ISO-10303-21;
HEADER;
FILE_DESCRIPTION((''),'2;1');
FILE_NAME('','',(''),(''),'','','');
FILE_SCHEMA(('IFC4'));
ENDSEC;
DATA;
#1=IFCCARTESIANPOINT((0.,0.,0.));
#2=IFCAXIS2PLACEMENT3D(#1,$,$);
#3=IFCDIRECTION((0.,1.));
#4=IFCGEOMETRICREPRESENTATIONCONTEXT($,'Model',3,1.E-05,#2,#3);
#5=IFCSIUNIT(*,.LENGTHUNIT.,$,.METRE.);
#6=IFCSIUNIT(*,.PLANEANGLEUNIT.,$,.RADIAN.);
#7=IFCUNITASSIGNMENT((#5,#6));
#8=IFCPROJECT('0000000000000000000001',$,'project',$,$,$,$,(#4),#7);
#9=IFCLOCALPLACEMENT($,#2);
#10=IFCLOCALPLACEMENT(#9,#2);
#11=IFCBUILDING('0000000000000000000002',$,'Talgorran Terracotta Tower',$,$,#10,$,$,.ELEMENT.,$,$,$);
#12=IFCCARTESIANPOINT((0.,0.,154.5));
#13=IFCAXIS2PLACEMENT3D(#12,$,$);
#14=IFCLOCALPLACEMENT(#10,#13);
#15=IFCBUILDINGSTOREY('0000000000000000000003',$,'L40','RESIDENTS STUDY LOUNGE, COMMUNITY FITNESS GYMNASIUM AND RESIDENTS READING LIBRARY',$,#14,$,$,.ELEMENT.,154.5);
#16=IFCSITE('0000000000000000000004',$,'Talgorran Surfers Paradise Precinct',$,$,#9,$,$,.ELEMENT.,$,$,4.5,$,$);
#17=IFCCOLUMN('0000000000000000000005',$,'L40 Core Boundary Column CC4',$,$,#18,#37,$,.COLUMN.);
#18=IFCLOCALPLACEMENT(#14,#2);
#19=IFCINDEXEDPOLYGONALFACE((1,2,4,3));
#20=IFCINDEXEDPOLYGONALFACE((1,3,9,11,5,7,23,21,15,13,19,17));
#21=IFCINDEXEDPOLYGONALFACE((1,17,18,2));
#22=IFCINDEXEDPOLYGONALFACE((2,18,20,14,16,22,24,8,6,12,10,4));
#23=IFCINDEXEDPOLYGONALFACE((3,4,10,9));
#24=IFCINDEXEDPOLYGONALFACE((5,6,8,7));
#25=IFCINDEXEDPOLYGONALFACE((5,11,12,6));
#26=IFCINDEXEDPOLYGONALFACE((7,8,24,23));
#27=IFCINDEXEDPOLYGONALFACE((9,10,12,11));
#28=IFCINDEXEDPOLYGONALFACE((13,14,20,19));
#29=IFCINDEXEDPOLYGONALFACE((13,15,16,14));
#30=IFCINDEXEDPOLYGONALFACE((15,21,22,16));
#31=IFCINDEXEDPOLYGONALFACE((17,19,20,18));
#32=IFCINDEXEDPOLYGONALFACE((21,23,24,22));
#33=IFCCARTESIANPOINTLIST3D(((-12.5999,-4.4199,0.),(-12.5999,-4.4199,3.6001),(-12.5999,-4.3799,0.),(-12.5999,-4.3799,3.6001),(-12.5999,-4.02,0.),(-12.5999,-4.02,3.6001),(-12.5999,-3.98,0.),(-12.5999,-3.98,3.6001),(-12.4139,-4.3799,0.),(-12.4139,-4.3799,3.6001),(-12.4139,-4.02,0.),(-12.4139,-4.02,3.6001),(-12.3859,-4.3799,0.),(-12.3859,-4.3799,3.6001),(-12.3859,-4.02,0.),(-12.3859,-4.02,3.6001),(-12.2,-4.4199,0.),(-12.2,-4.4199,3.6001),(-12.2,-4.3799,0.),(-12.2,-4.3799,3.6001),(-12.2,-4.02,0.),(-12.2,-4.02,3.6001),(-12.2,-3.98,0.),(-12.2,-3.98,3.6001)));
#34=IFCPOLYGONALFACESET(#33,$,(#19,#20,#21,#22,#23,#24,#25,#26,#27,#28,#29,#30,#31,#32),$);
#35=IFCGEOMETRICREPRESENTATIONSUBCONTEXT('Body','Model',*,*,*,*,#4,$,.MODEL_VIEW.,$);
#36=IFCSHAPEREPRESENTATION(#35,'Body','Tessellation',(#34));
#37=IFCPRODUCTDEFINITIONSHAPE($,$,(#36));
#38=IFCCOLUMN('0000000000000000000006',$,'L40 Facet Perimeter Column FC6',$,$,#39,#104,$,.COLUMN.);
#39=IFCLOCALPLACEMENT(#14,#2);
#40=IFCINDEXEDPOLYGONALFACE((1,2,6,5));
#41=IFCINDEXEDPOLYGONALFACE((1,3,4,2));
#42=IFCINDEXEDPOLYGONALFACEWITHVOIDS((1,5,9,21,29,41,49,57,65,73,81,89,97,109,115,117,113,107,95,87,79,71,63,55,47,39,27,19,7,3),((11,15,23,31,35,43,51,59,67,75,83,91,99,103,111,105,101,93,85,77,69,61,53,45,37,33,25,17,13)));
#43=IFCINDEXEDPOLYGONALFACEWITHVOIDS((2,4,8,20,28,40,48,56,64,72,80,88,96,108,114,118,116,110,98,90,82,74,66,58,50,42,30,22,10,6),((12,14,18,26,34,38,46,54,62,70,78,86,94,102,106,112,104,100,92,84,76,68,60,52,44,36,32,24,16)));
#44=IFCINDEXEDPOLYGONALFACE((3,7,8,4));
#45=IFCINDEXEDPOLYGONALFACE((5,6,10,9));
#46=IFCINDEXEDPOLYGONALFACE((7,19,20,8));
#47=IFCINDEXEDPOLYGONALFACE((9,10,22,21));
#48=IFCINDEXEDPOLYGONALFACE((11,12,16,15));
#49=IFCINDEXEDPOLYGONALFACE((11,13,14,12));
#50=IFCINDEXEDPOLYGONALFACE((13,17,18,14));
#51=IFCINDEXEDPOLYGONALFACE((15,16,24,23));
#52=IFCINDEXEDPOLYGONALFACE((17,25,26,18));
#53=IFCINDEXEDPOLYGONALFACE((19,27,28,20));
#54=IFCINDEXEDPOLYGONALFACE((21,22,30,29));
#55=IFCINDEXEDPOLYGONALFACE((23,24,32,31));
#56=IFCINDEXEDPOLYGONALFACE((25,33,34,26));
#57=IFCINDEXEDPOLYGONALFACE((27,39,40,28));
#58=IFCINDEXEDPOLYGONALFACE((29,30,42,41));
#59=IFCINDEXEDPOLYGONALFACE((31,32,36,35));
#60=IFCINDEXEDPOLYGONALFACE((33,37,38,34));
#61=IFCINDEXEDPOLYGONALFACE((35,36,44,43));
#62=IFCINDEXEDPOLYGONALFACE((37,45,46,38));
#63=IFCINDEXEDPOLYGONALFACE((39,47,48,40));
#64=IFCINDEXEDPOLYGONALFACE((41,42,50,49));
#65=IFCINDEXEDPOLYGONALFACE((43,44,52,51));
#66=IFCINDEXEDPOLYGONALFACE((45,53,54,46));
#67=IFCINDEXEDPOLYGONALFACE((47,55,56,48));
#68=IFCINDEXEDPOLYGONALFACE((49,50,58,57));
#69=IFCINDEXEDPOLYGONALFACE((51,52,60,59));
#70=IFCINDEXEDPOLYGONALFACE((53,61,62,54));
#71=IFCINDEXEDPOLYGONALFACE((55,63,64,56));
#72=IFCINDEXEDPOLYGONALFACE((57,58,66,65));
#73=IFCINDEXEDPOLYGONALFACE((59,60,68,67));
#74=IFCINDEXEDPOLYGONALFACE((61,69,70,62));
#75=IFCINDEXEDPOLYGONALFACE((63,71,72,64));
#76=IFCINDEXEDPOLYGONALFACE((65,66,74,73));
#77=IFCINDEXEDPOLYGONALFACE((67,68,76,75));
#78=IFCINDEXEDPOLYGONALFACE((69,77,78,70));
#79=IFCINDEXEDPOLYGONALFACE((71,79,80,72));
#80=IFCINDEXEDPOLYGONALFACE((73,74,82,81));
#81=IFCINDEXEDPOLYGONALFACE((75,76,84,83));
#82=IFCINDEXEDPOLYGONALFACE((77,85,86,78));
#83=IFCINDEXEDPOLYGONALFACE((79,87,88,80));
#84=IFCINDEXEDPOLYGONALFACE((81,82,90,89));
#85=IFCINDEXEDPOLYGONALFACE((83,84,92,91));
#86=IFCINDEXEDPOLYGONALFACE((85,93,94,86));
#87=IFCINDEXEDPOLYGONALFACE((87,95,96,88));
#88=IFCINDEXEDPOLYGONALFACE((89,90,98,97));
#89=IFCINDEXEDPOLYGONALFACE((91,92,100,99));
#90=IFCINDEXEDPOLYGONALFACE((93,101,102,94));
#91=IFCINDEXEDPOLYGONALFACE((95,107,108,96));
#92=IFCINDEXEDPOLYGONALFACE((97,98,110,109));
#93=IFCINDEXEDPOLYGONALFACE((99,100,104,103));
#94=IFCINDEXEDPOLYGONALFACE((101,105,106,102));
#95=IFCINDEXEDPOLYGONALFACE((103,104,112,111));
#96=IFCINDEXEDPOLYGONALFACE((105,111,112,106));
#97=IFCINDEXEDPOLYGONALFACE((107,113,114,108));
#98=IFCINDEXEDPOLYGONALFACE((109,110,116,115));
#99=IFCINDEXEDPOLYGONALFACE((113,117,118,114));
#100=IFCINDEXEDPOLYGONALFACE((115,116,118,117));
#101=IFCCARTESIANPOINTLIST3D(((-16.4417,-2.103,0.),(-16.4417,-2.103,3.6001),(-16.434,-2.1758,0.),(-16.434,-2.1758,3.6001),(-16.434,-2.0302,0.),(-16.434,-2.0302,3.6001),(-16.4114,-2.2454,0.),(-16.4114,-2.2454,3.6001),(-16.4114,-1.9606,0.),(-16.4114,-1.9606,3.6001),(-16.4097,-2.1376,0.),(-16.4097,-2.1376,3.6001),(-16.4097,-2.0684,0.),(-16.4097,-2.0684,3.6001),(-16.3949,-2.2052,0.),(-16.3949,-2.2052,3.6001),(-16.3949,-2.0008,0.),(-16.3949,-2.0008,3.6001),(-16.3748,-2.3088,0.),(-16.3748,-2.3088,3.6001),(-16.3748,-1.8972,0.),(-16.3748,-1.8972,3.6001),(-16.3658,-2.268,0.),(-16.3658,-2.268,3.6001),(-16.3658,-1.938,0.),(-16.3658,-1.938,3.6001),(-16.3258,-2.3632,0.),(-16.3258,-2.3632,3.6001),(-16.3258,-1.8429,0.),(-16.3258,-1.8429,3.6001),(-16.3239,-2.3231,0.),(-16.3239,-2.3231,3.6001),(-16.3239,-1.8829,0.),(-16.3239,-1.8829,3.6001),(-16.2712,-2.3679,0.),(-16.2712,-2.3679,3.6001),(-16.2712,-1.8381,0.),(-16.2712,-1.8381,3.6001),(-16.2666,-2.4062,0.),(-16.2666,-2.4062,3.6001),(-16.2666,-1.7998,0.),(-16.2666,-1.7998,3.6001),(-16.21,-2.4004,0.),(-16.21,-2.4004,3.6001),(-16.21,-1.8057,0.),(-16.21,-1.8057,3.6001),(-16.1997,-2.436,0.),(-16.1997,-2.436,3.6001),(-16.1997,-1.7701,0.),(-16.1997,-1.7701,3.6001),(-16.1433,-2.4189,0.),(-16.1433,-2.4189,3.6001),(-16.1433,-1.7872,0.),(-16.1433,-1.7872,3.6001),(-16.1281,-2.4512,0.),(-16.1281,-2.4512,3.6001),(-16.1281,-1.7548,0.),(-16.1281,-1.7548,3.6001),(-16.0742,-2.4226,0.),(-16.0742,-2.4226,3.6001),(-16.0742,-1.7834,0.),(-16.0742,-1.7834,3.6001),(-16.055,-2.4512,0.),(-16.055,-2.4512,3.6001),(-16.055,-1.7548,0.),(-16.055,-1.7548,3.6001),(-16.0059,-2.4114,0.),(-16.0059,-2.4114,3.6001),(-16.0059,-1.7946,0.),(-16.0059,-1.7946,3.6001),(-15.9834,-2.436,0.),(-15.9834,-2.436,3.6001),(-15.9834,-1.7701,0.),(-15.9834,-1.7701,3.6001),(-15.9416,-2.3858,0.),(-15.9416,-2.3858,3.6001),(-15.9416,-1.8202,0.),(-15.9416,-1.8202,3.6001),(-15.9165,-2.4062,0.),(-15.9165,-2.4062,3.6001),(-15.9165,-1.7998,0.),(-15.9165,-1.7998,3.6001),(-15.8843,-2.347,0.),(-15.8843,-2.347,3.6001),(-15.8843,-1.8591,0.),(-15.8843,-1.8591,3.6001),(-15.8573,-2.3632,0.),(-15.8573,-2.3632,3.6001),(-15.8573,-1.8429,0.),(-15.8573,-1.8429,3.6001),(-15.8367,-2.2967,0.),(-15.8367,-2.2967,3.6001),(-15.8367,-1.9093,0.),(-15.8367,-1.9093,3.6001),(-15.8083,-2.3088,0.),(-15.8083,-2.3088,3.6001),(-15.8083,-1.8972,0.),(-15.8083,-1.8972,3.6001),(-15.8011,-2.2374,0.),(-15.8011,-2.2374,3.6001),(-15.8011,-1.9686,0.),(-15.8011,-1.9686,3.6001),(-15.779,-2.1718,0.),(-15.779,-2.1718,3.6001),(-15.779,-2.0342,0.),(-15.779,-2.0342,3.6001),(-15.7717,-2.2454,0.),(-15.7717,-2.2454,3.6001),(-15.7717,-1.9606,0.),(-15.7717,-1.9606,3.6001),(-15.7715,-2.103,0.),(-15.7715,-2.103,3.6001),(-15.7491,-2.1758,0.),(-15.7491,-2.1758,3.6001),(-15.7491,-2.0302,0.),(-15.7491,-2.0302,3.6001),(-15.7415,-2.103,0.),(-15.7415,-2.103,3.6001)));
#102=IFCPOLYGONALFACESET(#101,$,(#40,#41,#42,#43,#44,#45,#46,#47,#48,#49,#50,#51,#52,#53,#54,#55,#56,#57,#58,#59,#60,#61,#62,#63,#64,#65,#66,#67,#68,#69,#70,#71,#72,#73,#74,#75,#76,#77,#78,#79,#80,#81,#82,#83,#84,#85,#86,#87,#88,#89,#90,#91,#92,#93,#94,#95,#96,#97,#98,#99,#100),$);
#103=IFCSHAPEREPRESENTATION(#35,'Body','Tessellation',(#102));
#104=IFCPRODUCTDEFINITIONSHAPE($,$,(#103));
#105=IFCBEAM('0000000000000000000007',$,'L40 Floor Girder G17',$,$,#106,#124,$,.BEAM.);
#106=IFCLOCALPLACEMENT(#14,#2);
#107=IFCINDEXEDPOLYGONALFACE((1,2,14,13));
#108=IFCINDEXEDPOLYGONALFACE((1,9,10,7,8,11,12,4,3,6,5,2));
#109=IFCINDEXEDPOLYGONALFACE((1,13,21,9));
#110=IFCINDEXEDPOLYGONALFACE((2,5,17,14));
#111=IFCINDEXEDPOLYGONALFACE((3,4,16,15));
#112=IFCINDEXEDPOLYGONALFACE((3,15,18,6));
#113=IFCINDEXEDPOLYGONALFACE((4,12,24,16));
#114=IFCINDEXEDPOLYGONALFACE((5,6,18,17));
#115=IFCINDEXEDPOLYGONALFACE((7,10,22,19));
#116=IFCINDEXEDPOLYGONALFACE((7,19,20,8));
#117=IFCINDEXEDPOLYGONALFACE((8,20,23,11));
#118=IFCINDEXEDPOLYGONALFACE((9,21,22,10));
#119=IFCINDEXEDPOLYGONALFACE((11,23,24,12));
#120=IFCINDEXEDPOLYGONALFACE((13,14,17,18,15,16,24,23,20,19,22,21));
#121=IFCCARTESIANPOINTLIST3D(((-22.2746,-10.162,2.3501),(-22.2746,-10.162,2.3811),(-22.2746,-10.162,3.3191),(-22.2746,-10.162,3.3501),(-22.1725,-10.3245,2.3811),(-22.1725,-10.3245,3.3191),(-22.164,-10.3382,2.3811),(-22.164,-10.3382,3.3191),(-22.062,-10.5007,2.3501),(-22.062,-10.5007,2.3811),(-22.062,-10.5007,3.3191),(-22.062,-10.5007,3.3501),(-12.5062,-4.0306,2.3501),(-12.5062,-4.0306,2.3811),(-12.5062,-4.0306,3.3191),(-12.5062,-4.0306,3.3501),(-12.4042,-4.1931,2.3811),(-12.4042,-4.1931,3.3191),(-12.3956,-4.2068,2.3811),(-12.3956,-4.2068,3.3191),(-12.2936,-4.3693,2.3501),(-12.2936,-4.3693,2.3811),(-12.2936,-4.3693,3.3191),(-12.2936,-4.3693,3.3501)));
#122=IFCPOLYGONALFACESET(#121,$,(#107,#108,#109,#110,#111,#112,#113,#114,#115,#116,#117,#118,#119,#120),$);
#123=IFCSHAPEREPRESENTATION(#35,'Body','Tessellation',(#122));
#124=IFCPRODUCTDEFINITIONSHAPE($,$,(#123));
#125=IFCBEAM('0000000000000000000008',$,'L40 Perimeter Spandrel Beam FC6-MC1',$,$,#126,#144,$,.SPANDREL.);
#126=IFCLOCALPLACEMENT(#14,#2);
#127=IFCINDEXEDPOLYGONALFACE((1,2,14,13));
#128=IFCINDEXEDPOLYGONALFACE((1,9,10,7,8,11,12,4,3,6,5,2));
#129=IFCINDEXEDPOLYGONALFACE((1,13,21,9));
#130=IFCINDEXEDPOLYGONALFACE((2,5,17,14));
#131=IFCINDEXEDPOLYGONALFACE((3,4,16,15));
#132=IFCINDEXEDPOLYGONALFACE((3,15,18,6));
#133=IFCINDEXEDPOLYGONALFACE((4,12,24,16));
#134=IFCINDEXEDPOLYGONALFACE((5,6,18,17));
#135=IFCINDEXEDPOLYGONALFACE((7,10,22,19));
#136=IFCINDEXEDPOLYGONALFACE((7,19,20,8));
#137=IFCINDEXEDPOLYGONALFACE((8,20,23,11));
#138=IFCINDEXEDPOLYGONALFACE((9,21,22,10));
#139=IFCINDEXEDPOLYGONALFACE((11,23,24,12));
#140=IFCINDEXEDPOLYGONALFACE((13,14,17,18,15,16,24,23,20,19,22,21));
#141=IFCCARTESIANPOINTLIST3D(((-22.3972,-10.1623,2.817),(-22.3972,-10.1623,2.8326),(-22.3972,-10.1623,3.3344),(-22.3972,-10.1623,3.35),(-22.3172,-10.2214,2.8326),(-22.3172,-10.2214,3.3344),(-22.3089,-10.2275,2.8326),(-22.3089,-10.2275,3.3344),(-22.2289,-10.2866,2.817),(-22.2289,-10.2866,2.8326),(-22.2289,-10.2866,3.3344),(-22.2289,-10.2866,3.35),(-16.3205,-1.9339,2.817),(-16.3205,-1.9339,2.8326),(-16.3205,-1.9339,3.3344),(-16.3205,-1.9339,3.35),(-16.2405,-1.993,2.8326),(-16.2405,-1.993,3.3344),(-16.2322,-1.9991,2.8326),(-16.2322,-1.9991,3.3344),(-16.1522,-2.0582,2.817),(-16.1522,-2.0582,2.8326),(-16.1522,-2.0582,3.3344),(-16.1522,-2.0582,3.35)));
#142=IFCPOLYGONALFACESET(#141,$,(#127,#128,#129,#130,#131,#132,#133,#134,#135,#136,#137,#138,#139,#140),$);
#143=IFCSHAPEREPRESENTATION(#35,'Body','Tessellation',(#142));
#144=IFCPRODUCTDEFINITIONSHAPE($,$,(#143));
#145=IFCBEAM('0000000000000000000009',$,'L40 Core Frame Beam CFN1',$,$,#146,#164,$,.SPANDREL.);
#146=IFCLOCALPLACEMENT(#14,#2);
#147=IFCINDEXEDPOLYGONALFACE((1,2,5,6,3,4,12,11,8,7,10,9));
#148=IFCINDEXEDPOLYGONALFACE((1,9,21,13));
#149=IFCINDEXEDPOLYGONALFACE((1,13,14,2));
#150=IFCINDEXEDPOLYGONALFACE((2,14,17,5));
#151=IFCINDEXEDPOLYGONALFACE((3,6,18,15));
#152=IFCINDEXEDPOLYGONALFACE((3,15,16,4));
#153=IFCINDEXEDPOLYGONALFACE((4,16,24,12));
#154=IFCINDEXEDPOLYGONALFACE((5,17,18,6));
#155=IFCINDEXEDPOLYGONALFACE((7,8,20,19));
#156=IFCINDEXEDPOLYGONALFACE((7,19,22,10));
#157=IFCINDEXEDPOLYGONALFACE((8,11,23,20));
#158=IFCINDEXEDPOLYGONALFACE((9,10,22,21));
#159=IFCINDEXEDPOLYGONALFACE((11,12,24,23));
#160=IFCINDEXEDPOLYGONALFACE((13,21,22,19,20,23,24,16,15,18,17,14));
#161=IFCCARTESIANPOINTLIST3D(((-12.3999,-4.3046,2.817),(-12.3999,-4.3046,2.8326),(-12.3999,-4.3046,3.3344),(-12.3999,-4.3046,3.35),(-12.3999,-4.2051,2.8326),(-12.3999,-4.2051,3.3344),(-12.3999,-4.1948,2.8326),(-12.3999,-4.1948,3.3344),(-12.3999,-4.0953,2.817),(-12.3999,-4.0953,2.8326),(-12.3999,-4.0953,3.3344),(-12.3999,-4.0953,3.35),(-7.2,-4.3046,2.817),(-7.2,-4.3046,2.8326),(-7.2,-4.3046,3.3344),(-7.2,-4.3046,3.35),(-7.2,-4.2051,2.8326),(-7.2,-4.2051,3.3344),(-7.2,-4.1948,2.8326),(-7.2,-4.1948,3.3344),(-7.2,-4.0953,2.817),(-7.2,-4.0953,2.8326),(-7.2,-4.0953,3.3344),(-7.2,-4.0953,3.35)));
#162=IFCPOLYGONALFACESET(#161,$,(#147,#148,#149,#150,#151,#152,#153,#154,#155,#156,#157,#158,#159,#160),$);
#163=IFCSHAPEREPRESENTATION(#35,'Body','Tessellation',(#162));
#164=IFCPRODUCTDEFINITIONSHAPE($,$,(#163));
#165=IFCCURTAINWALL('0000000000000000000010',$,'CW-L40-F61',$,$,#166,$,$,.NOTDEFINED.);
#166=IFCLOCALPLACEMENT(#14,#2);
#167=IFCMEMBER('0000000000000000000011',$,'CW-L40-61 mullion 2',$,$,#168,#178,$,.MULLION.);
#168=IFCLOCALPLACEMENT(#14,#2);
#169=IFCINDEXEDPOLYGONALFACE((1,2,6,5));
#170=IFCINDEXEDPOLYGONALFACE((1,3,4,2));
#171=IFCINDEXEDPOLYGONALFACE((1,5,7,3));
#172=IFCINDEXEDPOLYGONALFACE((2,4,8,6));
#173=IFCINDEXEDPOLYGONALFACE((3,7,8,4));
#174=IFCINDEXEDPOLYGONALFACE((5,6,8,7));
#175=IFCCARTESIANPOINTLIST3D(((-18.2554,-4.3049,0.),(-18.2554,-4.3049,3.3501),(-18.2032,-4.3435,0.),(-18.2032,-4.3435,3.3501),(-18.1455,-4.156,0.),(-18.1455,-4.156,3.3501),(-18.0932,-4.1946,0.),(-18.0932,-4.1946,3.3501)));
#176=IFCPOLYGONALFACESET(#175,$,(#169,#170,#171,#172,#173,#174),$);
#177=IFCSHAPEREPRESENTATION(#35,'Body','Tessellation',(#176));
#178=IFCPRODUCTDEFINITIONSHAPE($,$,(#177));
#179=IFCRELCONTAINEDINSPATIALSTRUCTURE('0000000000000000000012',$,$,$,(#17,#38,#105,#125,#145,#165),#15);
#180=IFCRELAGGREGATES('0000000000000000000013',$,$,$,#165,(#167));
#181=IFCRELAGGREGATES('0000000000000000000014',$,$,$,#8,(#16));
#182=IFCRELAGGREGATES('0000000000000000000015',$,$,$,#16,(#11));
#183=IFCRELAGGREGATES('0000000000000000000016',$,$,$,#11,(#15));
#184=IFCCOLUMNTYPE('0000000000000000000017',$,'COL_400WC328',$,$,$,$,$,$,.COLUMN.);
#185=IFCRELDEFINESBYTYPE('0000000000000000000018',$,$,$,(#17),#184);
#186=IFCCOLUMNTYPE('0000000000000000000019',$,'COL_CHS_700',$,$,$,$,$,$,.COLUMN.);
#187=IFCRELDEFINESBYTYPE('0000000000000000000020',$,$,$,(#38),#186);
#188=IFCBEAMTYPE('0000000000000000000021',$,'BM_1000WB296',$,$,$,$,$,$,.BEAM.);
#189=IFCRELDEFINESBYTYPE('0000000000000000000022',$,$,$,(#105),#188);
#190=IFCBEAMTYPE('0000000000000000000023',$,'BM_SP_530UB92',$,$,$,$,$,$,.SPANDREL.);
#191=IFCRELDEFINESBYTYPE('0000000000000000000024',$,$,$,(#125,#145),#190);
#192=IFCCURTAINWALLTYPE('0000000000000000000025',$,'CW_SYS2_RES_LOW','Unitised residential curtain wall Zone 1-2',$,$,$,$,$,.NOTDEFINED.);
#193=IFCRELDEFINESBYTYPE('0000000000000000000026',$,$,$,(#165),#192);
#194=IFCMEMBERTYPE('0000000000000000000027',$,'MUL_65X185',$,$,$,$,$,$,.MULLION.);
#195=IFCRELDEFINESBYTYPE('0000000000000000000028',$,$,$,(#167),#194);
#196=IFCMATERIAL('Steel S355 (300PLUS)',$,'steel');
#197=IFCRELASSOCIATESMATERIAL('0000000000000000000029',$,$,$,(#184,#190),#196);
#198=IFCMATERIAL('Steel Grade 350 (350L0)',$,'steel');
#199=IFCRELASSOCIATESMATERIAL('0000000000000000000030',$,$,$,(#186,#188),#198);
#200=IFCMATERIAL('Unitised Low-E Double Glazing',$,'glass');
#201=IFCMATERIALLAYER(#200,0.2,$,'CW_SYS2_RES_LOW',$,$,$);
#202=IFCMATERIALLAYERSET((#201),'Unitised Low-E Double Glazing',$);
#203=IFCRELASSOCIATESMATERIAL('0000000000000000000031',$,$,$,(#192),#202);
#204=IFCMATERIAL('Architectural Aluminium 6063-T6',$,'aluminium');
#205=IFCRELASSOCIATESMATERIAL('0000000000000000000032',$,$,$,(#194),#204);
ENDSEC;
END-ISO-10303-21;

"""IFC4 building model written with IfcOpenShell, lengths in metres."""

from ifc_helpers import new_model, si_unit, direction, frame, origin, origin_2d, place, context, subcontext, project, spatial, rectangle, hollow_circle, i_section, extrude, material, layer, layer_set, material_profile, profile_set, type_object, element, aggregate, save


model = new_model("IFC4")

# Units and contexts
model_context = context("Model", 3, precision=1e-05, world=origin(), true_north=direction((0.0, 1.0)))
body_context = subcontext(model_context, "Body", "Model", "MODEL_VIEW")
ifc_project = project(units=[si_unit("LENGTHUNIT", "METRE"), si_unit("PLANEANGLEUNIT", "RADIAN")], contexts=[model_context])

# Site, building, storey
site_placement = place(None, origin())
site = spatial("IfcSite", under=ifc_project, at=site_placement, Name="Talgorran Surfers Paradise Precinct", CompositionType="ELEMENT", RefElevation=4.5)
building_placement = place(site_placement, origin())
building = spatial("IfcBuilding", under=site, at=building_placement, Name="Talgorran Terracotta Tower", CompositionType="ELEMENT")
storey_placement = place(building_placement, frame((0.0, 0.0, 154.5)))
storey = spatial("IfcBuildingStorey", under=building, at=storey_placement, Name="L40", Description="RESIDENTS STUDY LOUNGE, COMMUNITY FITNESS GYMNASIUM AND RESIDENTS READING LIBRARY", CompositionType="ELEMENT", Elevation=154.5)

# Columns
ifc_material_1 = material(Name="Steel S355 (300PLUS)", Category="steel")
ifc_material_profile_1 = material_profile(ifc_material_1, i_section(OverallWidth=0.3999, OverallDepth=0.4399, WebThickness=0.0281, FlangeThickness=0.04, at=origin_2d()), Name="400WC328")
ifc_profile_set_1 = profile_set([ifc_material_profile_1], Name="Steel S355 (300PLUS)")
column_type_1 = type_object("IfcColumnType", Name="COL_400WC328", PredefinedType="COLUMN", material=ifc_profile_set_1)
column_1_placement = place(storey_placement, frame((-12.3999, -4.2, 0.0), z_axis=(0.0, 0.0, 1.0), x_axis=(1.0, 0.0, 0.0)))
element("IfcColumn", 1, at=column_1_placement, inside=storey, type_object=column_type_1, Name="L40 Core Boundary Column CC4", PredefinedType="COLUMN", context=body_context, shape_type="SweptSolid", body=[
    extrude(i_section(OverallWidth=0.3999, OverallDepth=0.4399, WebThickness=0.0281, FlangeThickness=0.04, at=origin_2d()), origin(), (0.0, 0.0, 1.0), 3.6001),
])
ifc_material_2 = material(Name="Steel Grade 350 (350L0)", Category="steel")
ifc_material_profile_2 = material_profile(ifc_material_2, hollow_circle(Radius=0.3501, WallThickness=0.03, at=origin_2d()), Name="CHS700X30")
ifc_profile_set_2 = profile_set([ifc_material_profile_2], Name="Steel Grade 350 (350L0)")
column_type_2 = type_object("IfcColumnType", Name="COL_CHS_700", PredefinedType="COLUMN", material=ifc_profile_set_2)
column_2_placement = place(storey_placement, frame((-16.0916, -2.103, 0.0), z_axis=(0.0, 0.0, 1.0), x_axis=(1.0, 0.0, 0.0)))
element("IfcColumn", 2, at=column_2_placement, inside=storey, type_object=column_type_2, Name="L40 Facet Perimeter Column FC6", PredefinedType="COLUMN", context=body_context, shape_type="SweptSolid", body=[
    extrude(hollow_circle(Radius=0.3501, WallThickness=0.03, at=origin_2d()), origin(), (0.0, 0.0, 1.0), 3.6001),
])

# Beams
ifc_material_profile_3 = material_profile(ifc_material_2, i_section(OverallWidth=0.3999, OverallDepth=1.0, WebThickness=0.0161, FlangeThickness=0.031, at=origin_2d()), Name="1000WB296")
ifc_profile_set_3 = profile_set([ifc_material_profile_3], Name="Steel Grade 350 (350L0)")
beam_type_1 = type_object("IfcBeamType", Name="BM_1000WB296", PredefinedType="BEAM", material=ifc_profile_set_3)
beam_1_placement = place(storey_placement, frame((-12.3999, -4.2, 2.8501), z_axis=(-0.846978, -0.531629, 0.0), x_axis=(0.531629, -0.846978, 0.0)))
element("IfcBeam", 3, at=beam_1_placement, inside=storey, type_object=beam_type_1, Name="L40 Floor Girder G17", PredefinedType="BEAM", context=body_context, shape_type="SweptSolid", body=[
    extrude(i_section(OverallWidth=0.3999, OverallDepth=1.0, WebThickness=0.0161, FlangeThickness=0.031, at=origin_2d()), origin(), (0.0, 0.0, 1.0), 11.5332),
])
ifc_material_profile_4 = material_profile(ifc_material_1, i_section(OverallWidth=0.2092, OverallDepth=0.533, WebThickness=0.0103, FlangeThickness=0.0156, at=origin_2d()), Name="530UB92.4")
ifc_profile_set_4 = profile_set([ifc_material_profile_4], Name="Steel S355 (300PLUS)")
beam_type_2 = type_object("IfcBeamType", Name="BM_SP_530UB92", PredefinedType="SPANDREL", material=ifc_profile_set_4)
beam_2_placement = place(storey_placement, frame((-16.2363, -1.9961, 3.0835), z_axis=(-0.594068, -0.804415, 0.0), x_axis=(0.804415, -0.594068, 0.0)))
element("IfcBeam", 4, at=beam_2_placement, inside=storey, type_object=beam_type_2, Name="L40 Perimeter Spandrel Beam FC6-MC1", PredefinedType="SPANDREL", context=body_context, shape_type="SweptSolid", body=[
    extrude(i_section(OverallWidth=0.2092, OverallDepth=0.533, WebThickness=0.0103, FlangeThickness=0.0156, at=origin_2d()), origin(), (0.0, 0.0, 1.0), 10.229),
])
beam_3_placement = place(storey_placement, frame((-12.3999, -4.2, 3.0835), z_axis=(1.0, 0.0, 0.0), x_axis=(0.0, 1.0, 0.0)))
element("IfcBeam", 5, at=beam_3_placement, inside=storey, type_object=beam_type_2, Name="L40 Core Frame Beam CFN1", PredefinedType="SPANDREL", context=body_context, shape_type="SweptSolid", body=[
    extrude(i_section(OverallWidth=0.2092, OverallDepth=0.533, WebThickness=0.0103, FlangeThickness=0.0156, at=origin_2d()), origin(), (0.0, 0.0, 1.0), 5.2),
])

# Curtain wall, member
ifc_material_3 = material(Name="Unitised Low-E Double Glazing", Category="glass")
ifc_layer_1 = layer(ifc_material_3, 0.2, Name="CW_SYS2_RES_LOW")
ifc_layer_set_1 = layer_set([ifc_layer_1], Name="Unitised Low-E Double Glazing")
curtain_wall_type = type_object("IfcCurtainWallType", Name="CW_SYS2_RES_LOW", Description="Unitised residential curtain wall Zone 1-2", PredefinedType="NOTDEFINED", material=ifc_layer_set_1)
curtain_wall_placement = place(storey_placement, origin())
curtain_wall = element("IfcCurtainWall", 6, at=curtain_wall_placement, inside=storey, type_object=curtain_wall_type, Name="CW-L40-F61", PredefinedType="NOTDEFINED")
ifc_material_4 = material(Name="Architectural Aluminium 6063-T6", Category="aluminium")
ifc_material_profile_5 = material_profile(ifc_material_4, rectangle(XDim=0.0649, YDim=0.1851, at=origin_2d()), Name="CWM65X185")
ifc_profile_set_5 = profile_set([ifc_material_profile_5], Name="Architectural Aluminium 6063-T6")
member_type_1 = type_object("IfcMemberType", Name="MUL_65X185", PredefinedType="MULLION", material=ifc_profile_set_5)
member_1_placement = place(storey_placement, frame((-18.1743, -4.2498, 0.0), z_axis=(0.0, 0.0, 1.0), x_axis=(0.80441, -0.594074, 0.0)))
member_1 = element("IfcMember", 7, at=member_1_placement, type_object=member_type_1, Name="CW-L40-61 mullion 2", PredefinedType="MULLION", context=body_context, shape_type="SweptSolid", body=[
    extrude(rectangle(XDim=0.0649, YDim=0.1851, at=origin_2d()), origin(), (0.0, 0.0, 1.0), 3.3501),
])
aggregate(curtain_wall, [member_1])

save(model, "model.ifc")
